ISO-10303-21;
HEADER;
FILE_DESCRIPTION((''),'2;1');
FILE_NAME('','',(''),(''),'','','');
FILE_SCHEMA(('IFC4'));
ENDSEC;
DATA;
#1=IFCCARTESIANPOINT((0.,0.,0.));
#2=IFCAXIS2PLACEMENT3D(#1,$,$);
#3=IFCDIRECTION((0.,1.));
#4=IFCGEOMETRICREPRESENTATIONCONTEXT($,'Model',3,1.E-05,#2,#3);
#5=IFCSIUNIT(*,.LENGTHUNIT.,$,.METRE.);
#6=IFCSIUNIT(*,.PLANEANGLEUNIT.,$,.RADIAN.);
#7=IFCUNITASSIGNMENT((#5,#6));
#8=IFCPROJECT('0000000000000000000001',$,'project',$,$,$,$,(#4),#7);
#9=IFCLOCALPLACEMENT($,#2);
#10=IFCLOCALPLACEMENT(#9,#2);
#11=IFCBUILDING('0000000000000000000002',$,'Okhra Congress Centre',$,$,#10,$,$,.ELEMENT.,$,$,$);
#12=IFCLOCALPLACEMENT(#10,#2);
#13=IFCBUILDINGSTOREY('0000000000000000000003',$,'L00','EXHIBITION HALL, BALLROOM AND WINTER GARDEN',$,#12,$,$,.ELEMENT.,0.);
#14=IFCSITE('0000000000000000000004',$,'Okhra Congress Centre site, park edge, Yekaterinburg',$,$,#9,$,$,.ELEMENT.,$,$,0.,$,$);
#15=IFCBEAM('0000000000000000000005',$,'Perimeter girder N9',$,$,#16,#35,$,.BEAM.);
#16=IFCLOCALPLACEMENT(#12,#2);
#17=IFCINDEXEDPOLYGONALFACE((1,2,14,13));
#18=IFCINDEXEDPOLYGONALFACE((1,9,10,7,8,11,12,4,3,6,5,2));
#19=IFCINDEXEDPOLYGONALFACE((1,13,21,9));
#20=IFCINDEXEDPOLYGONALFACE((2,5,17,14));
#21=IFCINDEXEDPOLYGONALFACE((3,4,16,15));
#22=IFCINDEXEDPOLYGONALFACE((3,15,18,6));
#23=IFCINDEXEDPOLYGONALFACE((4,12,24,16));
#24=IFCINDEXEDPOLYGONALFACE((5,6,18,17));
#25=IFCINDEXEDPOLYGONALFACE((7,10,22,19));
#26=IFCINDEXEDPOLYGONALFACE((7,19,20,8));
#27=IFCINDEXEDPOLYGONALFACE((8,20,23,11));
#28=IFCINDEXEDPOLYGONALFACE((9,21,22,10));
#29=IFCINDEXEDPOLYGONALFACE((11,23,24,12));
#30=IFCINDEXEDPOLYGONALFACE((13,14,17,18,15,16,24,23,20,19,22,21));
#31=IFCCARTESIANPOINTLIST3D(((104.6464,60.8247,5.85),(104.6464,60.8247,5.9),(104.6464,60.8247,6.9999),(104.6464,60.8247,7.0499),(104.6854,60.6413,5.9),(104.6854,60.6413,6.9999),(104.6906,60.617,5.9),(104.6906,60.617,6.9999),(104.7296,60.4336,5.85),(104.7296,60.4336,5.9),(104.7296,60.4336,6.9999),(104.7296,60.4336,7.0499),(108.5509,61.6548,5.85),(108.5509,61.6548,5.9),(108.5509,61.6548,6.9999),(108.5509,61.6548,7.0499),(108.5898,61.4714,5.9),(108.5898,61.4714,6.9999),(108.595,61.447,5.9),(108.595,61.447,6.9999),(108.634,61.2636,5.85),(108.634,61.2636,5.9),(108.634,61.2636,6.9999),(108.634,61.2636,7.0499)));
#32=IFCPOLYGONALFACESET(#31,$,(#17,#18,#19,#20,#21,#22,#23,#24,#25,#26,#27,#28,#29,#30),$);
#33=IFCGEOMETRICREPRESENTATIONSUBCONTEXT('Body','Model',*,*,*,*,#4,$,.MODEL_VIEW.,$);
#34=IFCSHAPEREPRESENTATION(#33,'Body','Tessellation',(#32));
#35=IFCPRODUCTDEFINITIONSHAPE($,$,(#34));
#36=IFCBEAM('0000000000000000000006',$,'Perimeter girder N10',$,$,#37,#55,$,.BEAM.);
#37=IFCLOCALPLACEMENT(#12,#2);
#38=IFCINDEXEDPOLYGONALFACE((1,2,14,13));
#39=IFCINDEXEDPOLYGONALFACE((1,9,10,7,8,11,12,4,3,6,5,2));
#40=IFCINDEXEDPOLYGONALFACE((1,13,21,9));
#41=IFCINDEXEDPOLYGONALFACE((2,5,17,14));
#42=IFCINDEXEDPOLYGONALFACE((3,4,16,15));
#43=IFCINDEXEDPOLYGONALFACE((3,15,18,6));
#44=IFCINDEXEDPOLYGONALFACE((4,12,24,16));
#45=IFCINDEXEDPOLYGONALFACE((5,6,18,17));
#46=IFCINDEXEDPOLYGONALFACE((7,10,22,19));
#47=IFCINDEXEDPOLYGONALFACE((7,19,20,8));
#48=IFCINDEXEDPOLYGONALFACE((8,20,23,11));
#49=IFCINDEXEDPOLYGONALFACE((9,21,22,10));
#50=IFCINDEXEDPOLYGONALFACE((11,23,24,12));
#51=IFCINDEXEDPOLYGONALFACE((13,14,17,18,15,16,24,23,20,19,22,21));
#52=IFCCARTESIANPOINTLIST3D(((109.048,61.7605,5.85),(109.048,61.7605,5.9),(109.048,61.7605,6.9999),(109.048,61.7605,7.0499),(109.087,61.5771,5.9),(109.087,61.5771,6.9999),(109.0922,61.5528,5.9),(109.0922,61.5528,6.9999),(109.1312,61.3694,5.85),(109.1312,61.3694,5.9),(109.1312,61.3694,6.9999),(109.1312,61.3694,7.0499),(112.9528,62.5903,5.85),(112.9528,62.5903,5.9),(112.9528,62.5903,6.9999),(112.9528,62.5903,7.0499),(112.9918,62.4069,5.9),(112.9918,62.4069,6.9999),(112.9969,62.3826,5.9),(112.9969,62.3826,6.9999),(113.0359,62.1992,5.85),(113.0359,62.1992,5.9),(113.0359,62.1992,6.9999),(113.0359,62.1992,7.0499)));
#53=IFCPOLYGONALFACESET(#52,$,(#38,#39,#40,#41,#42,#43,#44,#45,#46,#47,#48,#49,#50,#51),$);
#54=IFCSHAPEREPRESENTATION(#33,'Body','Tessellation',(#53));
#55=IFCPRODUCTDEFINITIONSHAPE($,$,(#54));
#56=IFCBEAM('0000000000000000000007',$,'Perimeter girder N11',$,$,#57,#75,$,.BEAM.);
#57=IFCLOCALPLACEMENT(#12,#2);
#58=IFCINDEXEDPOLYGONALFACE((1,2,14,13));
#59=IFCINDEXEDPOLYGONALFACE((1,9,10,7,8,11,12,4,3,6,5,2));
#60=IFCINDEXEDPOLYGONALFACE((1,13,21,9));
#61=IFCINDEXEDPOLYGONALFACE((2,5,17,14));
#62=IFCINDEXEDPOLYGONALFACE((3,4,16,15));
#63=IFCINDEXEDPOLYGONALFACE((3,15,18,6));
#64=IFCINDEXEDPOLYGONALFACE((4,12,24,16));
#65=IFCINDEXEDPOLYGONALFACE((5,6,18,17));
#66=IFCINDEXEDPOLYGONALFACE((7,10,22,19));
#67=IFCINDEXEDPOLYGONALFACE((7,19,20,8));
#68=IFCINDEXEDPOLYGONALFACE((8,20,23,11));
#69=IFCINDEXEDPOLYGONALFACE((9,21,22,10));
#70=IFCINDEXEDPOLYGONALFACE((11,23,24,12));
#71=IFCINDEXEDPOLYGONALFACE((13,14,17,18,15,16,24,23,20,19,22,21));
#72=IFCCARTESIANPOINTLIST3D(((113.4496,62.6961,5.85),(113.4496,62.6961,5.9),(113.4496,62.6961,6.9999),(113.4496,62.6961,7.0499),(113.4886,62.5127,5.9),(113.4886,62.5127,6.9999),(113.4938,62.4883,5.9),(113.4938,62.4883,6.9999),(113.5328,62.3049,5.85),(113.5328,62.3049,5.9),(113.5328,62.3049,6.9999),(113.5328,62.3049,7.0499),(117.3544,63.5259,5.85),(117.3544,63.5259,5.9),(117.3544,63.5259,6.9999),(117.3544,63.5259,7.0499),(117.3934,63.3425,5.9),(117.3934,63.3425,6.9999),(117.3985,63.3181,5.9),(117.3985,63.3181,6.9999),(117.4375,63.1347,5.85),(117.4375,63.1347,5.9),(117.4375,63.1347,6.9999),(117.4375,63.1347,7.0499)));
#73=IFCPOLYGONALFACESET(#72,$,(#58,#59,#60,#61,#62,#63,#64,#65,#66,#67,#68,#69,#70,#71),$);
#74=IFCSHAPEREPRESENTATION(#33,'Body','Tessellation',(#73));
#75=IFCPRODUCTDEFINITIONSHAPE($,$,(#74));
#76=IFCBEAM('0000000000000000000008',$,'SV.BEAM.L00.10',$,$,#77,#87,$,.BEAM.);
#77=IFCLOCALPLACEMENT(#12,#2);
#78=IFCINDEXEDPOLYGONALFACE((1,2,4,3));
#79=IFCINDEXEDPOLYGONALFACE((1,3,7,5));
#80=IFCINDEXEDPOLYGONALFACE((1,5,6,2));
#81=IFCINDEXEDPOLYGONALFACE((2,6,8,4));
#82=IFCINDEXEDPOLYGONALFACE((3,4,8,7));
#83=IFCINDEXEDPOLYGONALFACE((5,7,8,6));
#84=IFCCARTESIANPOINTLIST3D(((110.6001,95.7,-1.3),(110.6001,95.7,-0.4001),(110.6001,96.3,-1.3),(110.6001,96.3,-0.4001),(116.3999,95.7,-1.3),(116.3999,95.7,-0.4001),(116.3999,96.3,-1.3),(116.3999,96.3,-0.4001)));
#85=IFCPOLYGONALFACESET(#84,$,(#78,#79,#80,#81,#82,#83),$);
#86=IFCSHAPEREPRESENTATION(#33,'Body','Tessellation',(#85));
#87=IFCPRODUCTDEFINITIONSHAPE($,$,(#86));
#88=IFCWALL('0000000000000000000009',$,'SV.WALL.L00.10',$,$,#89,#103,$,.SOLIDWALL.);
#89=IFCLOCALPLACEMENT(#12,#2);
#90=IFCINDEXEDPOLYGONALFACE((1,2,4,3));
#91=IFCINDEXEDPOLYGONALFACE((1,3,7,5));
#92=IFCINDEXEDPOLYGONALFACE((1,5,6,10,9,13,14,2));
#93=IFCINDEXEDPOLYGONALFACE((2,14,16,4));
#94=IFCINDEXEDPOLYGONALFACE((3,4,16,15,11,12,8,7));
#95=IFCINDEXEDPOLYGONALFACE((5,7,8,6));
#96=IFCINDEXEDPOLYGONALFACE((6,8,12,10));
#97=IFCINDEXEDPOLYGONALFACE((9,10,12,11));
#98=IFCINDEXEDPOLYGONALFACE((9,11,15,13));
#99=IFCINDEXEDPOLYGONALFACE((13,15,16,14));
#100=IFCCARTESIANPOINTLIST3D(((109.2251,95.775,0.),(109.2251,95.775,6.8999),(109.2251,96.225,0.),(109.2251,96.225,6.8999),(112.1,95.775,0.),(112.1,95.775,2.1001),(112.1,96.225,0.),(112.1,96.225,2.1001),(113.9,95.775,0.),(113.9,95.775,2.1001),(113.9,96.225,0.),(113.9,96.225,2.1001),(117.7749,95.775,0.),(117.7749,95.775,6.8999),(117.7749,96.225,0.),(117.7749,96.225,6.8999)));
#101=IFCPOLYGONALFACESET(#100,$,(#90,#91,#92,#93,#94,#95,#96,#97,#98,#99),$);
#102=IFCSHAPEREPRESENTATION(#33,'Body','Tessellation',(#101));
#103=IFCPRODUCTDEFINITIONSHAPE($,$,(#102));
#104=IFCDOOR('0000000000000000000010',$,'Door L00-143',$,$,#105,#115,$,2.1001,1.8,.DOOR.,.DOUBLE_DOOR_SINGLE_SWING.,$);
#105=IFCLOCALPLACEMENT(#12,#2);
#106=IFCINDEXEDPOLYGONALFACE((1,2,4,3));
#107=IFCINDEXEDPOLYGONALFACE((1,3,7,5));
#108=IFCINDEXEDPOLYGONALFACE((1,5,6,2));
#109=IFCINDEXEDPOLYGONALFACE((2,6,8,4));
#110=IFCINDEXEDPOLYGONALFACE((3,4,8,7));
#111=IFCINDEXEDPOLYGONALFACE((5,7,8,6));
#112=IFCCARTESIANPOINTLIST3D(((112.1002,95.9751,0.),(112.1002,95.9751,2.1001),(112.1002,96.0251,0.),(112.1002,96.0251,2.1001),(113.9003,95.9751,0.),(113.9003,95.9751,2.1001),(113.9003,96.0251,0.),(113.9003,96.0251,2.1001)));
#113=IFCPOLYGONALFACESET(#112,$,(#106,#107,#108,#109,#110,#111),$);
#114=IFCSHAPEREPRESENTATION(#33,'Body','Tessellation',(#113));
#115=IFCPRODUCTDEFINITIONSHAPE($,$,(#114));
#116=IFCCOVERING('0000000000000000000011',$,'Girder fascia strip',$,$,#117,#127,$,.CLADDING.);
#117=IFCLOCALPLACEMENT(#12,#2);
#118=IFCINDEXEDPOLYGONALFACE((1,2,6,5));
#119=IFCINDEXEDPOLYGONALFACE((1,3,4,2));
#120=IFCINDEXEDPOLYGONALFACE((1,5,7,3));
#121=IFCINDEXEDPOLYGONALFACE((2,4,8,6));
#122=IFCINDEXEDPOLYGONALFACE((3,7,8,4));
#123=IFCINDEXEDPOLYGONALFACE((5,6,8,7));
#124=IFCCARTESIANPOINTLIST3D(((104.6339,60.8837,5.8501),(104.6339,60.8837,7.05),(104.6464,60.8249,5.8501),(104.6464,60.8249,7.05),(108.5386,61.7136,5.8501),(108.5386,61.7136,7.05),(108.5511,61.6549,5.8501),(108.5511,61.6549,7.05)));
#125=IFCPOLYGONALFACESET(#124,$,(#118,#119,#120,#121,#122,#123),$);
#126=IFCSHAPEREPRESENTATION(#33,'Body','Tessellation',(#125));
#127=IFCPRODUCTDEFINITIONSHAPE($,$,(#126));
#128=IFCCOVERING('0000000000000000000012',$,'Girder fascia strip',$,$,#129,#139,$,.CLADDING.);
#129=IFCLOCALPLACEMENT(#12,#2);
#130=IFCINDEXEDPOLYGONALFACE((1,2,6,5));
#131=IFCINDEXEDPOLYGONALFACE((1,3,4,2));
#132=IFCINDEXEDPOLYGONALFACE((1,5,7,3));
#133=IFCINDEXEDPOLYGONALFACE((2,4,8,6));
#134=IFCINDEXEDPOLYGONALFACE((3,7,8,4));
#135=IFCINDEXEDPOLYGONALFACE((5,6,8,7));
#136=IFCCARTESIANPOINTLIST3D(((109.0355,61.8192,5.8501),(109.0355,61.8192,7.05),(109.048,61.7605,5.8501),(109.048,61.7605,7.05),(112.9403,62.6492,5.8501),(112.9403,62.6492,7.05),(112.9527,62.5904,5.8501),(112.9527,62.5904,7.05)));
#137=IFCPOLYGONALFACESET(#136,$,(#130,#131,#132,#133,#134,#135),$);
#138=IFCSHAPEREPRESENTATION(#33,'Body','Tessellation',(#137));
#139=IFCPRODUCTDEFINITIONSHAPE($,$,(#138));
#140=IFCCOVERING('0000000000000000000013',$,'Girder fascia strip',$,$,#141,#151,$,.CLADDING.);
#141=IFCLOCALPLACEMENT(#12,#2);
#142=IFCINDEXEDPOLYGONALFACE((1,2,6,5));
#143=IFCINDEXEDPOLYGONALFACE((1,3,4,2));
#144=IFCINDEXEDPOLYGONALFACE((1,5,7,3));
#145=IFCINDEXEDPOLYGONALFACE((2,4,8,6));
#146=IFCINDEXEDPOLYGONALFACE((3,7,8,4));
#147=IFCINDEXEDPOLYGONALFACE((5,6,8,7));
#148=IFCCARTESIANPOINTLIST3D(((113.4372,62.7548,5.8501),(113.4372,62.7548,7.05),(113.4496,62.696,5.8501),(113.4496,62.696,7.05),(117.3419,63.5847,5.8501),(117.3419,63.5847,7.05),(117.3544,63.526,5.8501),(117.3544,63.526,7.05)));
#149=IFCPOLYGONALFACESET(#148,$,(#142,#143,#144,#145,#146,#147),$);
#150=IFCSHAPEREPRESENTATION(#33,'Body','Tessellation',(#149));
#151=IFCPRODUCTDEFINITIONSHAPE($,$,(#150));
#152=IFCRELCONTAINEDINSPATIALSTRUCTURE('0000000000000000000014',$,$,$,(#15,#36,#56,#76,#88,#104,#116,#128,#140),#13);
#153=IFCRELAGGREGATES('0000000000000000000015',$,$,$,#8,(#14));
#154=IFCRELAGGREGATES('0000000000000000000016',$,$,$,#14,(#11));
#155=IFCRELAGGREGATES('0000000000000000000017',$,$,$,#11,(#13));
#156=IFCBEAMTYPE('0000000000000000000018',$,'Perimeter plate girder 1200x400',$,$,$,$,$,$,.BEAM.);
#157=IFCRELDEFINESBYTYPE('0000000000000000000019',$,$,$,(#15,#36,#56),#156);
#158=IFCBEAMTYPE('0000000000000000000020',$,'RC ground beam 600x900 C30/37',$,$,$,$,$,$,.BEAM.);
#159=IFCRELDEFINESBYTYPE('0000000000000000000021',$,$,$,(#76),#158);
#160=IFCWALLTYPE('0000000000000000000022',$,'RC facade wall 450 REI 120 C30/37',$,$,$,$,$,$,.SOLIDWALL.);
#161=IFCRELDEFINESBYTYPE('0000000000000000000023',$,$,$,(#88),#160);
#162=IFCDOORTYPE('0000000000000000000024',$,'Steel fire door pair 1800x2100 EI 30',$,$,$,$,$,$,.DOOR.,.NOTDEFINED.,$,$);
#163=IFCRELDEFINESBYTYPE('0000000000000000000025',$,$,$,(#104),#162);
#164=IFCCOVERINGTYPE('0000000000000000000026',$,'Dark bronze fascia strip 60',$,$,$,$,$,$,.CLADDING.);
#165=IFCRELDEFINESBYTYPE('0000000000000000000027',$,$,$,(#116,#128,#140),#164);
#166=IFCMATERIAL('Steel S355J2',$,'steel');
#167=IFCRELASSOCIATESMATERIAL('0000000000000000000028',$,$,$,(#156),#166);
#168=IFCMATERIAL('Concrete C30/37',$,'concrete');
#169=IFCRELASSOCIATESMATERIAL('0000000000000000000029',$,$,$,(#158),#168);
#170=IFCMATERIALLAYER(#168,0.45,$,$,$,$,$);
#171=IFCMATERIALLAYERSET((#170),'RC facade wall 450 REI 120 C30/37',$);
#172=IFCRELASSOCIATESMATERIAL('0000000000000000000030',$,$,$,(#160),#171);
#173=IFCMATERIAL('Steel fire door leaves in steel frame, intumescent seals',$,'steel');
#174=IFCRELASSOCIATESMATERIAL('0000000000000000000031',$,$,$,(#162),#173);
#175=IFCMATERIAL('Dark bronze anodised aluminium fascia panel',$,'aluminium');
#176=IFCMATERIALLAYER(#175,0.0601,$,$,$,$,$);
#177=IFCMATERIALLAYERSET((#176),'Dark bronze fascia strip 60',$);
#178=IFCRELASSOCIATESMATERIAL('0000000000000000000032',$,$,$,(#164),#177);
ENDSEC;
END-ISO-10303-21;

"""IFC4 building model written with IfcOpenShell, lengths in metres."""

from ifc_helpers import new_model, si_unit, direction, frame, frame_2d, origin, origin_2d, place, context, subcontext, project, spatial, rectangle, i_section, extrude, material, layer, layer_set, material_profile, profile_set, type_object, element, fill, save


model = new_model("IFC4")

# Units and contexts
model_context = context("Model", 3, precision=1e-05, world=origin(), true_north=direction((0.0, 1.0)))
body_context = subcontext(model_context, "Body", "Model", "MODEL_VIEW")
ifc_project = project(units=[si_unit("LENGTHUNIT", "METRE"), si_unit("PLANEANGLEUNIT", "RADIAN")], contexts=[model_context])

# Site, building, storey
site_placement = place(None, origin())
site = spatial("IfcSite", under=ifc_project, at=site_placement, Name="Okhra Congress Centre site, park edge, Yekaterinburg", CompositionType="ELEMENT", RefElevation=0.0)
building_placement = place(site_placement, origin())
building = spatial("IfcBuilding", under=site, at=building_placement, Name="Okhra Congress Centre", CompositionType="ELEMENT")
storey_placement = place(building_placement, origin())
storey = spatial("IfcBuildingStorey", under=building, at=storey_placement, Name="L00", Description="EXHIBITION HALL, BALLROOM AND WINTER GARDEN", CompositionType="ELEMENT", Elevation=0.0)

# Shared definitions
ifc_material_1 = material(Name="Concrete C30/37", Category="concrete")

# Beams
ifc_material_2 = material(Name="Steel S355J2", Category="steel")
ifc_material_profile_1 = material_profile(ifc_material_2, i_section(OverallWidth=0.3999, OverallDepth=1.2, WebThickness=0.0249, FlangeThickness=0.05, at=origin_2d()), Name="Plate girder 1200x400")
ifc_profile_set_1 = profile_set([ifc_material_profile_1], Name="Steel S355J2")
beam_type_1 = type_object("IfcBeamType", Name="Perimeter plate girder 1200x400", PredefinedType="BEAM", material=ifc_profile_set_1)
beam_1_placement = place(storey_placement, frame((104.688, 60.6292, 6.45), z_axis=(0.97814, 0.207946, 0.0), x_axis=(-0.207946, 0.97814, 0.0)))
element("IfcBeam", 1, at=beam_1_placement, inside=storey, type_object=beam_type_1, Name="Perimeter girder N9", PredefinedType="BEAM", context=body_context, shape_type="SweptSolid", body=[
    extrude(i_section(OverallWidth=0.3999, OverallDepth=1.2, WebThickness=0.0249, FlangeThickness=0.05, at=origin_2d()), origin(), (0.0, 0.0, 1.0), 3.9917),
])
for number, where, z_axis, x_axis, name in (
    (2, (109.0896, 61.5649, 6.45), (0.978155, 0.207875, 0.0), (-0.207875, 0.978155, 0.0), "Perimeter girder N10"),
    (3, (113.4912, 62.5005, 6.45), (0.978155, 0.207875, 0.0), (-0.207875, 0.978155, 0.0), "Perimeter girder N11"),
):
    element("IfcBeam", number, at=place(storey_placement, frame(where, z_axis=z_axis, x_axis=x_axis)), inside=storey, type_object=beam_type_1, Name=name, PredefinedType="BEAM", context=body_context, shape_type="SweptSolid", body=[
        extrude(i_section(OverallWidth=0.3999, OverallDepth=1.2, WebThickness=0.0249, FlangeThickness=0.05, at=origin_2d()), origin(), (0.0, 0.0, 1.0), 3.9919),
    ])
ifc_material_profile_2 = material_profile(ifc_material_1, rectangle(XDim=0.6001, YDim=0.8999, at=origin_2d()), Name="RC 600x900")
ifc_profile_set_2 = profile_set([ifc_material_profile_2], Name="Concrete C30/37")
beam_type_2 = type_object("IfcBeamType", Name="RC ground beam 600x900 C30/37", PredefinedType="BEAM", material=ifc_profile_set_2)
beam_2_placement = place(storey_placement, frame((110.6001, 96.0, -0.8501), z_axis=(1.0, 0.0, 0.0), x_axis=(0.0, 1.0, 0.0)))
element("IfcBeam", 4, at=beam_2_placement, inside=storey, type_object=beam_type_2, Name="SV.BEAM.L00.10", PredefinedType="BEAM", context=body_context, shape_type="SweptSolid", body=[
    extrude(rectangle(XDim=0.6001, YDim=0.8999, at=origin_2d()), origin(), (0.0, 0.0, 1.0), 5.7998),
])

# Wall, opening, door
ifc_layer_1 = layer(ifc_material_1, 0.45)
ifc_layer_set_1 = layer_set([ifc_layer_1], Name="RC facade wall 450 REI 120 C30/37")
wall_type = type_object("IfcWallType", Name="RC facade wall 450 REI 120 C30/37", PredefinedType="SOLIDWALL", material=ifc_layer_set_1)
wall_placement = place(storey_placement, frame((109.2251, 96.0, 0.0), z_axis=(0.0, 0.0, 1.0), x_axis=(1.0, 0.0, 0.0)))
wall = element("IfcWall", 5, at=wall_placement, inside=storey, type_object=wall_type, Name="SV.WALL.L00.10", PredefinedType="SOLIDWALL", context=body_context, shape_type="SweptSolid", body=[
    extrude(rectangle(XDim=8.5498, YDim=0.45, at=frame_2d((4.2749, 0.0))), origin(), (0.0, 0.0, 1.0), 6.8999),
])
opening_placement = place(wall_placement, frame((2.875, 0.0, 0.0)))
opening = element("IfcOpeningElement", 6, at=opening_placement, cuts=wall, PredefinedType="OPENING", context=body_context, shape_type="SweptSolid", body=[
    extrude(rectangle(XDim=1.8, YDim=2.1001, at=frame_2d((0.8999, 1.05))), frame((0.0, 0.2349, 0.0), z_axis=(0.0, -1.0, 0.0), x_axis=(1.0, 0.0, 0.0)), (0.0, 0.0, 1.0), 0.47),
])
ifc_material_3 = material(Name="Steel fire door leaves in steel frame, intumescent seals", Category="steel")
door_type = type_object("IfcDoorType", Name="Steel fire door pair 1800x2100 EI 30", OperationType="NOTDEFINED", PredefinedType="DOOR", material=ifc_material_3)
door_placement = place(opening_placement, frame((1.8, 0.0, 0.0), z_axis=(0.0, 0.0, 1.0), x_axis=(-1.0, 0.0, 0.0)))
door = element("IfcDoor", 7, at=door_placement, inside=storey, type_object=door_type, Name="Door L00-143", OperationType="DOUBLE_DOOR_SINGLE_SWING", OverallHeight=2.1001, OverallWidth=1.8, PredefinedType="DOOR", context=body_context, shape_type="SweptSolid", body=[
    extrude(rectangle(XDim=1.8, YDim=2.1001, at=frame_2d((0.8999, 1.05))), frame((0.0, 0.0249, 0.0), z_axis=(0.0, -1.0, 0.0), x_axis=(1.0, 0.0, 0.0)), (0.0, 0.0, 1.0), 0.05),
])
fill(opening, door)

# Coverings
ifc_material_4 = material(Name="Dark bronze anodised aluminium fascia panel", Category="aluminium")
ifc_layer_2 = layer(ifc_material_4, 0.0601)
ifc_layer_set_2 = layer_set([ifc_layer_2], Name="Dark bronze fascia strip 60")
covering_type = type_object("IfcCoveringType", Name="Dark bronze fascia strip 60", PredefinedType="CLADDING", material=ifc_layer_set_2)
for number, where, z_axis, x_axis, name in (
    (8, (106.5925, 61.2693, 5.8501), (0.0, 0.0, 1.0), (0.978148, 0.207912, 0.0), "Girder fascia strip"),
    (9, (110.9941, 62.2048, 5.8501), (0.0, 0.0, 1.0), (0.978148, 0.207912, 0.0), "Girder fascia strip"),
    (10, (115.3958, 63.1404, 5.8501), (0.0, 0.0, 1.0), (0.978148, 0.207912, 0.0), "Girder fascia strip"),
):
    element("IfcCovering", number, at=place(storey_placement, frame(where, z_axis=z_axis, x_axis=x_axis)), inside=storey, type_object=covering_type, Name=name, PredefinedType="CLADDING", context=body_context, shape_type="SweptSolid", body=[
        extrude(rectangle(XDim=3.9919, YDim=0.0601, at=origin_2d()), origin(), (0.0, 0.0, 1.0), 1.2),
    ])

save(model, "model.ifc")
